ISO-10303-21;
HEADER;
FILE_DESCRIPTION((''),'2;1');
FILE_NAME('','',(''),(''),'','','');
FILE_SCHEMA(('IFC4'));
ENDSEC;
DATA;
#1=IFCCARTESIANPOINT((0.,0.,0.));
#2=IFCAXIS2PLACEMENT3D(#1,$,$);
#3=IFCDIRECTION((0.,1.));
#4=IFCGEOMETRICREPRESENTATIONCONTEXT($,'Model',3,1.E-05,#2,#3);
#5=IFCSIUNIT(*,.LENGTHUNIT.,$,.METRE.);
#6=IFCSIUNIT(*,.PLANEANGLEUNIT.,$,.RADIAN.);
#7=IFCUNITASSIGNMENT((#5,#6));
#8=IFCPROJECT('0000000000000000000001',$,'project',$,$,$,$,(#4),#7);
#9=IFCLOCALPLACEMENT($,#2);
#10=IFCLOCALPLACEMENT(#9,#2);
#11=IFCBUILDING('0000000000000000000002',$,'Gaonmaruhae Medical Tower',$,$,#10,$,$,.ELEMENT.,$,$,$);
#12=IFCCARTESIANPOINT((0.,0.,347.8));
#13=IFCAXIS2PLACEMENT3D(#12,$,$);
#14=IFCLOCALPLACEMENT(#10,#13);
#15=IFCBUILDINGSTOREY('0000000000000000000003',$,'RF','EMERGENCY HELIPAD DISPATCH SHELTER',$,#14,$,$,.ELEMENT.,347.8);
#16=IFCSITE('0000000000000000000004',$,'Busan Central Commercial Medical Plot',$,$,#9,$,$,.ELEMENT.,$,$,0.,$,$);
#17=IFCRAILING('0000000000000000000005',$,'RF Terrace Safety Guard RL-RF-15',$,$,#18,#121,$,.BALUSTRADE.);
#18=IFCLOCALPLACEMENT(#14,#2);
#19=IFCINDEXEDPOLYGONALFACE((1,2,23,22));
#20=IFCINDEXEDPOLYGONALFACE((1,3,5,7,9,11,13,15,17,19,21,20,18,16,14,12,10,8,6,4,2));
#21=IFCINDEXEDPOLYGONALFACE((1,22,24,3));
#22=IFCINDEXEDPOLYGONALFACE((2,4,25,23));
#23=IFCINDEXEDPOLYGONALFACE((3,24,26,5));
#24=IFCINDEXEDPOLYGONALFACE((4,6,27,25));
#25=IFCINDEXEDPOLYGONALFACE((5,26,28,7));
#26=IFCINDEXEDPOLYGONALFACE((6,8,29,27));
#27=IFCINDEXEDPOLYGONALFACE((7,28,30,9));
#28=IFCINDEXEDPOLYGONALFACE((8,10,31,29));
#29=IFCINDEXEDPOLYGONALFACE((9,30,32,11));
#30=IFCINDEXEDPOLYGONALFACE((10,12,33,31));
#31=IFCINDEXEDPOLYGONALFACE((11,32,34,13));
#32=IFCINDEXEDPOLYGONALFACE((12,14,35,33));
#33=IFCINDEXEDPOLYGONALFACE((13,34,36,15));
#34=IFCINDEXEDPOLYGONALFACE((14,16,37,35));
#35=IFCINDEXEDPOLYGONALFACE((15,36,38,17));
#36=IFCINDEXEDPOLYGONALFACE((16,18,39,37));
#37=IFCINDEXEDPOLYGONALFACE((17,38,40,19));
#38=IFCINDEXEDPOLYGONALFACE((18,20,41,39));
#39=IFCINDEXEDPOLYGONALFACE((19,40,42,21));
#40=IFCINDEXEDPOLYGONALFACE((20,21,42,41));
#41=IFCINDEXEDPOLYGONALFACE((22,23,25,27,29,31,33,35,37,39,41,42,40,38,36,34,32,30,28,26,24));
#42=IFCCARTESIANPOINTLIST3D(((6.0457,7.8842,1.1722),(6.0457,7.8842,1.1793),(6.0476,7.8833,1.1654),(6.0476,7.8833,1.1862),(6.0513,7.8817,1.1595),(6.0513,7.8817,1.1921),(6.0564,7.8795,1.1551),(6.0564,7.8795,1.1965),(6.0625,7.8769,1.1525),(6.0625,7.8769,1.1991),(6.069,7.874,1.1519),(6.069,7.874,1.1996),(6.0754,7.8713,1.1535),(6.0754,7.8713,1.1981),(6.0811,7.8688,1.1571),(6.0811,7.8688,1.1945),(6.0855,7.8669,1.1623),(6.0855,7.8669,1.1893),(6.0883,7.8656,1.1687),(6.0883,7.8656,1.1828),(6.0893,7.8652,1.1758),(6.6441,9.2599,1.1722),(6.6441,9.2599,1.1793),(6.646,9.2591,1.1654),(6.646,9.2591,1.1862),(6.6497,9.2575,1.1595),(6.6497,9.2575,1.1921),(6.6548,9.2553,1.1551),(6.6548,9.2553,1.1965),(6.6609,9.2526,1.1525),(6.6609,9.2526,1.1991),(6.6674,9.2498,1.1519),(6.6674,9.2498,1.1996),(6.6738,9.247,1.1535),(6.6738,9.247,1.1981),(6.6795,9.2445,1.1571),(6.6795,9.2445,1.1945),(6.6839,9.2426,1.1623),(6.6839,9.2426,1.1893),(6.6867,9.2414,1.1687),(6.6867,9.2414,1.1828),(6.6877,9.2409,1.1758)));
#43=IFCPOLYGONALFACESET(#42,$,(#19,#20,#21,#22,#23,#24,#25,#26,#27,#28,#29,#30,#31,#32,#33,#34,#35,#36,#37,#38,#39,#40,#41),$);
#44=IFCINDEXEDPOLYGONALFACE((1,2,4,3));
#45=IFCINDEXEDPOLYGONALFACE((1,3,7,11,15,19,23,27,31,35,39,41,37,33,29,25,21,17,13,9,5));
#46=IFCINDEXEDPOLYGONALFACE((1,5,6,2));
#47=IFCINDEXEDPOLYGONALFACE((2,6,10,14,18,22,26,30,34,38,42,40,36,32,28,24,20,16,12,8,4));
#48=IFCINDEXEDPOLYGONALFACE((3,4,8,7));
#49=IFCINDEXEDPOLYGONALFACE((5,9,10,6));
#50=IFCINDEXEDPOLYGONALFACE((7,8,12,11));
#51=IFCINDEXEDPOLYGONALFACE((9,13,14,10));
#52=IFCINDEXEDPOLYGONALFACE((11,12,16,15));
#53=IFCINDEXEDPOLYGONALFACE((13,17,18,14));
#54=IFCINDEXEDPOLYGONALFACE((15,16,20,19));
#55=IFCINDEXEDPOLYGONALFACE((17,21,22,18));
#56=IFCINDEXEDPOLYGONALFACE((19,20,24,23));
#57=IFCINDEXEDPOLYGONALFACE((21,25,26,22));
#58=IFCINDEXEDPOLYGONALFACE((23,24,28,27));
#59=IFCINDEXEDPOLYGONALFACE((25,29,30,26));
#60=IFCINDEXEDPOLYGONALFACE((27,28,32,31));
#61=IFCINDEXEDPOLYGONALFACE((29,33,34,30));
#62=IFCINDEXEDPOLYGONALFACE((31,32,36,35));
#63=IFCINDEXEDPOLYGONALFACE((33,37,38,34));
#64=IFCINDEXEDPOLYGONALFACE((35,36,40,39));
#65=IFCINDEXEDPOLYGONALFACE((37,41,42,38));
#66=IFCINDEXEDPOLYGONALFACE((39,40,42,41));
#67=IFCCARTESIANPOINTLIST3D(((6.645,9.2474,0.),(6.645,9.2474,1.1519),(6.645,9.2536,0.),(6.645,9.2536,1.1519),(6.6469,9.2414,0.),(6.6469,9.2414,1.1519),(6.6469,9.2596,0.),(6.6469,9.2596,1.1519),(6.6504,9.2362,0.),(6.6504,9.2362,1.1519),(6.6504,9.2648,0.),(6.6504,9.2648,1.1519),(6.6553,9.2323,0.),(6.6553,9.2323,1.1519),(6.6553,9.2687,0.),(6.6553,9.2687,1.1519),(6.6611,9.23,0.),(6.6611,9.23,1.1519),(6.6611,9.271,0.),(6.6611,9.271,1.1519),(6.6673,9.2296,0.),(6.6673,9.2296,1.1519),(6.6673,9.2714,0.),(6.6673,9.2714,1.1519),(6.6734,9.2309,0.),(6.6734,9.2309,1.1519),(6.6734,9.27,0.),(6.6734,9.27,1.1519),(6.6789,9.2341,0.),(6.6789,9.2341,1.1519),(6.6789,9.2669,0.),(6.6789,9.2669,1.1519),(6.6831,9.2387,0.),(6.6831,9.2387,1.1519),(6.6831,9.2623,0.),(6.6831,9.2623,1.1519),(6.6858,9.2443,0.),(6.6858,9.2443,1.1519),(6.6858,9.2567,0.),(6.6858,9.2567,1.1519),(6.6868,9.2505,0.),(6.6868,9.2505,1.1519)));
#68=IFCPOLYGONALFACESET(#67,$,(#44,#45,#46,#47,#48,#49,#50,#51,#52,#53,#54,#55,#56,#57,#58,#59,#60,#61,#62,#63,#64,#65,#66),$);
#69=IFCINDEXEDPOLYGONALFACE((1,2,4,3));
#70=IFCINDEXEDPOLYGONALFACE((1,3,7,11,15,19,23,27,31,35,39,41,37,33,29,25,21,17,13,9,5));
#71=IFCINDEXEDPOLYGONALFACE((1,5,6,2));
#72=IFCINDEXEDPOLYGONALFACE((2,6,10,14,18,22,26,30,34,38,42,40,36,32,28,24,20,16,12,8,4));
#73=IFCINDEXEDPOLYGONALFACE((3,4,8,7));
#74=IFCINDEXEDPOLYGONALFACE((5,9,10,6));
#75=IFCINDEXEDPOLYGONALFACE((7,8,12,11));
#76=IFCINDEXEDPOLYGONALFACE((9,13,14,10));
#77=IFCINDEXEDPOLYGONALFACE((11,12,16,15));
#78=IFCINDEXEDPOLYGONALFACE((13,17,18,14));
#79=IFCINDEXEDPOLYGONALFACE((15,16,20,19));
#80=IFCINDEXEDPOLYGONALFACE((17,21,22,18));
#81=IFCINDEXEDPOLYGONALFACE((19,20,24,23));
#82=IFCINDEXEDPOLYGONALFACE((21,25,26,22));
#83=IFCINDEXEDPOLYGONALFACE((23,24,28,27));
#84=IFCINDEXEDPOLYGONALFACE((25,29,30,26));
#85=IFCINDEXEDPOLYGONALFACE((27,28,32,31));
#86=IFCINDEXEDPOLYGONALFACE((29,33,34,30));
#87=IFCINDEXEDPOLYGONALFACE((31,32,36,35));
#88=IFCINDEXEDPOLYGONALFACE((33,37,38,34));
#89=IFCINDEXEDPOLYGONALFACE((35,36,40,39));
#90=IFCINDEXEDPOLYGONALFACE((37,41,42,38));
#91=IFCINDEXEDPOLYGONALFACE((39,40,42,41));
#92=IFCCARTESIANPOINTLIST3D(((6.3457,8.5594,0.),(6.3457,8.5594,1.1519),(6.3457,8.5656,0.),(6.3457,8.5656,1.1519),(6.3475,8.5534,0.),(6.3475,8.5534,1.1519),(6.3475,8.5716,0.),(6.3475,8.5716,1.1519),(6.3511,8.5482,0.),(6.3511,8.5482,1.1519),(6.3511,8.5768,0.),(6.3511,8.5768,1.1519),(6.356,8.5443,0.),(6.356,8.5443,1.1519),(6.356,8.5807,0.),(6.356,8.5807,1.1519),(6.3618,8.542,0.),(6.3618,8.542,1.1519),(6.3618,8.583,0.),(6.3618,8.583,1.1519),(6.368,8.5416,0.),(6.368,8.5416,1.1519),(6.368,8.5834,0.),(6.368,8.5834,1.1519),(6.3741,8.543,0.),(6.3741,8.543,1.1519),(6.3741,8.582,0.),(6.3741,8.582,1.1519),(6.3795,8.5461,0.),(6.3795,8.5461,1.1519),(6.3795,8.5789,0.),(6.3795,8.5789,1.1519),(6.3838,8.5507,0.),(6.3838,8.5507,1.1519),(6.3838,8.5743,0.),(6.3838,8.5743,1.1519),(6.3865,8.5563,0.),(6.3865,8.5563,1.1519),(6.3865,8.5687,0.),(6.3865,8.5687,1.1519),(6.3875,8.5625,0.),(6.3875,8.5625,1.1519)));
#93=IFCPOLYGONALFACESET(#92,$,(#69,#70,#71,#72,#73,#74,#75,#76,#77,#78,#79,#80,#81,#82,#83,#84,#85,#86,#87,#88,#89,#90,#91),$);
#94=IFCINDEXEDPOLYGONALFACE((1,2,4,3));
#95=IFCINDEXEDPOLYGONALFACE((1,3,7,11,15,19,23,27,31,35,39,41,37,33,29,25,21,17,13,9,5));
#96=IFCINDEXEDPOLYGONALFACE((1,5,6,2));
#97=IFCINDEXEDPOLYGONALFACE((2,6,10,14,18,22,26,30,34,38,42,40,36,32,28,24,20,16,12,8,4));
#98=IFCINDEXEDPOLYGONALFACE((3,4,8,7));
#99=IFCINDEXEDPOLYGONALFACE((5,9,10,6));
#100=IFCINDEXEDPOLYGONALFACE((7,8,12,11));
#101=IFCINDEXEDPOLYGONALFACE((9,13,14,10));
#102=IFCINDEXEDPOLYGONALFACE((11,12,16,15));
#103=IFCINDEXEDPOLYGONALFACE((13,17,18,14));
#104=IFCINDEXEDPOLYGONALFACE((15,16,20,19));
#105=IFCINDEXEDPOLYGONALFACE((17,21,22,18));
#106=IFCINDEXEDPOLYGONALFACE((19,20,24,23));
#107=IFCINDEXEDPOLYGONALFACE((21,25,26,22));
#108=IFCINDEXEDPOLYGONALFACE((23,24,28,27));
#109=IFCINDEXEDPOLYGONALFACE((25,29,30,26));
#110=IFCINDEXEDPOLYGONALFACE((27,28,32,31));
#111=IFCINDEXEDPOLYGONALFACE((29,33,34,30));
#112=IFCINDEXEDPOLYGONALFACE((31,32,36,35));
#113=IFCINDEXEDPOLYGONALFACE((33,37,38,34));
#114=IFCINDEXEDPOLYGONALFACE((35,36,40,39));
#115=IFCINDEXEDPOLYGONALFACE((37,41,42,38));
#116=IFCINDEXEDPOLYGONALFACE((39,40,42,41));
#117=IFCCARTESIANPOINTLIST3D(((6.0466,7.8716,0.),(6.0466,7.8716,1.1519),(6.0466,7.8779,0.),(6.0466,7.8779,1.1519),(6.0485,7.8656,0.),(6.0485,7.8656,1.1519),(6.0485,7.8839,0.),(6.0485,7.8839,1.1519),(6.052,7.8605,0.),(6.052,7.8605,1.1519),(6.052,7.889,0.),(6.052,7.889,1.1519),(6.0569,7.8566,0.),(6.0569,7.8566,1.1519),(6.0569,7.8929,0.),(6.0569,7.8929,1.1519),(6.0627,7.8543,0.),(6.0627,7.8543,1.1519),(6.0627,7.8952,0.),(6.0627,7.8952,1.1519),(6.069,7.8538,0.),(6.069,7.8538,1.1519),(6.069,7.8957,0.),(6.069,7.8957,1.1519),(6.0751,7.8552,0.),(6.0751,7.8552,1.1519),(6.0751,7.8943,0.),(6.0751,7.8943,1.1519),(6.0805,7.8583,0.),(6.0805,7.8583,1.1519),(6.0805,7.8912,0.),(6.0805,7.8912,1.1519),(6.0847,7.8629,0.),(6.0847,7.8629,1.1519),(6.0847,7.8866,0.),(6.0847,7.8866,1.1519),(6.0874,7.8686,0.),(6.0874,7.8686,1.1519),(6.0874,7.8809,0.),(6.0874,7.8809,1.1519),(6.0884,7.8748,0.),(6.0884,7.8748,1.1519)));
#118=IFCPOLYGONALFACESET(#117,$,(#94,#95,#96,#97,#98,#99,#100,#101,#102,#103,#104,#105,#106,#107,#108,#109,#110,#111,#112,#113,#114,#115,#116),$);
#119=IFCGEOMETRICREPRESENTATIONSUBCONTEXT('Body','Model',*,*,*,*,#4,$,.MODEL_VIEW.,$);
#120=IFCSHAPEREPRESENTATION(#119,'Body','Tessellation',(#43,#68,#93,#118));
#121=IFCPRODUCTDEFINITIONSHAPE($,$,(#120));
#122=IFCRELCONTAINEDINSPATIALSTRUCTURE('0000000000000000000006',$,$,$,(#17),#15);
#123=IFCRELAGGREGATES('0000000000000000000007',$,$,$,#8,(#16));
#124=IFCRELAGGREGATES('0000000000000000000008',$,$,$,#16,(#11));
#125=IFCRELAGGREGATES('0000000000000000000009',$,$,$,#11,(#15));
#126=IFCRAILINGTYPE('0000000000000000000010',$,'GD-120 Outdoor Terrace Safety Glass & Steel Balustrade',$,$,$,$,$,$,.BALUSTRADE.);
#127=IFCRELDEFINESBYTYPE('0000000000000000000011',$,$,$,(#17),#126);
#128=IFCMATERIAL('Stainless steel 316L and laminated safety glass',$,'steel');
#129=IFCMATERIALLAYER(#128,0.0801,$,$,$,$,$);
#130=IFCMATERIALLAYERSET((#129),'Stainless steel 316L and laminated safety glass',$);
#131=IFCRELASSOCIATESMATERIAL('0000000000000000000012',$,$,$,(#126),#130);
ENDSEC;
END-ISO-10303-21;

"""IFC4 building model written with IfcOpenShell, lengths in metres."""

from ifc_helpers import new_model, si_unit, direction, frame, origin, origin_2d, place, context, subcontext, project, spatial, circle, extrude, material, layer, layer_set, type_object, element, save


model = new_model("IFC4")

# Units and contexts
model_context = context("Model", 3, precision=1e-05, world=origin(), true_north=direction((0.0, 1.0)))
body_context = subcontext(model_context, "Body", "Model", "MODEL_VIEW")
ifc_project = project(units=[si_unit("LENGTHUNIT", "METRE"), si_unit("PLANEANGLEUNIT", "RADIAN")], contexts=[model_context])

# Site, building, storey
site_placement = place(None, origin())
site = spatial("IfcSite", under=ifc_project, at=site_placement, Name="Busan Central Commercial Medical Plot", CompositionType="ELEMENT", RefElevation=0.0)
building_placement = place(site_placement, origin())
building = spatial("IfcBuilding", under=site, at=building_placement, Name="Gaonmaruhae Medical Tower", CompositionType="ELEMENT")
storey_placement = place(building_placement, frame((0.0, 0.0, 347.8)))
storey = spatial("IfcBuildingStorey", under=building, at=storey_placement, Name="RF", Description="EMERGENCY HELIPAD DISPATCH SHELTER", CompositionType="ELEMENT", Elevation=347.8)

# Railing
ifc_material_1 = material(Name="Stainless steel 316L and laminated safety glass", Category="steel")
ifc_layer_1 = layer(ifc_material_1, 0.0801)
ifc_layer_set_1 = layer_set([ifc_layer_1], Name="Stainless steel 316L and laminated safety glass")
railing_type = type_object("IfcRailingType", Name="GD-120 Outdoor Terrace Safety Glass & Steel Balustrade", PredefinedType="BALUSTRADE", material=ifc_layer_set_1)
railing_1_placement = place(storey_placement, frame((6.6658, 9.2505, 0.0)))
element("IfcRailing", 1, at=railing_1_placement, inside=storey, type_object=railing_type, Name="RF Terrace Safety Guard RL-RF-15", PredefinedType="BALUSTRADE", context=body_context, shape_type="SweptSolid", body=[
    extrude(circle(Radius=0.0239, at=origin_2d()), frame((0.0, 0.0, 1.1758), z_axis=(-0.398863, -0.917011, 0.0), x_axis=(0.917011, -0.398863, 0.0)), (0.0, 0.0, 1.0), 1.5002),
    extrude(circle(Radius=0.021, at=origin_2d()), origin(), (0.0, 0.0, 1.0), 1.1519),
    extrude(circle(Radius=0.021, at=origin_2d()), frame((-0.2993, -0.688, 0.0)), (0.0, 0.0, 1.0), 1.1519),
    extrude(circle(Radius=0.021, at=origin_2d()), frame((-0.5984, -1.3757, 0.0)), (0.0, 0.0, 1.0), 1.1519),
])

save(model, "model.ifc")
